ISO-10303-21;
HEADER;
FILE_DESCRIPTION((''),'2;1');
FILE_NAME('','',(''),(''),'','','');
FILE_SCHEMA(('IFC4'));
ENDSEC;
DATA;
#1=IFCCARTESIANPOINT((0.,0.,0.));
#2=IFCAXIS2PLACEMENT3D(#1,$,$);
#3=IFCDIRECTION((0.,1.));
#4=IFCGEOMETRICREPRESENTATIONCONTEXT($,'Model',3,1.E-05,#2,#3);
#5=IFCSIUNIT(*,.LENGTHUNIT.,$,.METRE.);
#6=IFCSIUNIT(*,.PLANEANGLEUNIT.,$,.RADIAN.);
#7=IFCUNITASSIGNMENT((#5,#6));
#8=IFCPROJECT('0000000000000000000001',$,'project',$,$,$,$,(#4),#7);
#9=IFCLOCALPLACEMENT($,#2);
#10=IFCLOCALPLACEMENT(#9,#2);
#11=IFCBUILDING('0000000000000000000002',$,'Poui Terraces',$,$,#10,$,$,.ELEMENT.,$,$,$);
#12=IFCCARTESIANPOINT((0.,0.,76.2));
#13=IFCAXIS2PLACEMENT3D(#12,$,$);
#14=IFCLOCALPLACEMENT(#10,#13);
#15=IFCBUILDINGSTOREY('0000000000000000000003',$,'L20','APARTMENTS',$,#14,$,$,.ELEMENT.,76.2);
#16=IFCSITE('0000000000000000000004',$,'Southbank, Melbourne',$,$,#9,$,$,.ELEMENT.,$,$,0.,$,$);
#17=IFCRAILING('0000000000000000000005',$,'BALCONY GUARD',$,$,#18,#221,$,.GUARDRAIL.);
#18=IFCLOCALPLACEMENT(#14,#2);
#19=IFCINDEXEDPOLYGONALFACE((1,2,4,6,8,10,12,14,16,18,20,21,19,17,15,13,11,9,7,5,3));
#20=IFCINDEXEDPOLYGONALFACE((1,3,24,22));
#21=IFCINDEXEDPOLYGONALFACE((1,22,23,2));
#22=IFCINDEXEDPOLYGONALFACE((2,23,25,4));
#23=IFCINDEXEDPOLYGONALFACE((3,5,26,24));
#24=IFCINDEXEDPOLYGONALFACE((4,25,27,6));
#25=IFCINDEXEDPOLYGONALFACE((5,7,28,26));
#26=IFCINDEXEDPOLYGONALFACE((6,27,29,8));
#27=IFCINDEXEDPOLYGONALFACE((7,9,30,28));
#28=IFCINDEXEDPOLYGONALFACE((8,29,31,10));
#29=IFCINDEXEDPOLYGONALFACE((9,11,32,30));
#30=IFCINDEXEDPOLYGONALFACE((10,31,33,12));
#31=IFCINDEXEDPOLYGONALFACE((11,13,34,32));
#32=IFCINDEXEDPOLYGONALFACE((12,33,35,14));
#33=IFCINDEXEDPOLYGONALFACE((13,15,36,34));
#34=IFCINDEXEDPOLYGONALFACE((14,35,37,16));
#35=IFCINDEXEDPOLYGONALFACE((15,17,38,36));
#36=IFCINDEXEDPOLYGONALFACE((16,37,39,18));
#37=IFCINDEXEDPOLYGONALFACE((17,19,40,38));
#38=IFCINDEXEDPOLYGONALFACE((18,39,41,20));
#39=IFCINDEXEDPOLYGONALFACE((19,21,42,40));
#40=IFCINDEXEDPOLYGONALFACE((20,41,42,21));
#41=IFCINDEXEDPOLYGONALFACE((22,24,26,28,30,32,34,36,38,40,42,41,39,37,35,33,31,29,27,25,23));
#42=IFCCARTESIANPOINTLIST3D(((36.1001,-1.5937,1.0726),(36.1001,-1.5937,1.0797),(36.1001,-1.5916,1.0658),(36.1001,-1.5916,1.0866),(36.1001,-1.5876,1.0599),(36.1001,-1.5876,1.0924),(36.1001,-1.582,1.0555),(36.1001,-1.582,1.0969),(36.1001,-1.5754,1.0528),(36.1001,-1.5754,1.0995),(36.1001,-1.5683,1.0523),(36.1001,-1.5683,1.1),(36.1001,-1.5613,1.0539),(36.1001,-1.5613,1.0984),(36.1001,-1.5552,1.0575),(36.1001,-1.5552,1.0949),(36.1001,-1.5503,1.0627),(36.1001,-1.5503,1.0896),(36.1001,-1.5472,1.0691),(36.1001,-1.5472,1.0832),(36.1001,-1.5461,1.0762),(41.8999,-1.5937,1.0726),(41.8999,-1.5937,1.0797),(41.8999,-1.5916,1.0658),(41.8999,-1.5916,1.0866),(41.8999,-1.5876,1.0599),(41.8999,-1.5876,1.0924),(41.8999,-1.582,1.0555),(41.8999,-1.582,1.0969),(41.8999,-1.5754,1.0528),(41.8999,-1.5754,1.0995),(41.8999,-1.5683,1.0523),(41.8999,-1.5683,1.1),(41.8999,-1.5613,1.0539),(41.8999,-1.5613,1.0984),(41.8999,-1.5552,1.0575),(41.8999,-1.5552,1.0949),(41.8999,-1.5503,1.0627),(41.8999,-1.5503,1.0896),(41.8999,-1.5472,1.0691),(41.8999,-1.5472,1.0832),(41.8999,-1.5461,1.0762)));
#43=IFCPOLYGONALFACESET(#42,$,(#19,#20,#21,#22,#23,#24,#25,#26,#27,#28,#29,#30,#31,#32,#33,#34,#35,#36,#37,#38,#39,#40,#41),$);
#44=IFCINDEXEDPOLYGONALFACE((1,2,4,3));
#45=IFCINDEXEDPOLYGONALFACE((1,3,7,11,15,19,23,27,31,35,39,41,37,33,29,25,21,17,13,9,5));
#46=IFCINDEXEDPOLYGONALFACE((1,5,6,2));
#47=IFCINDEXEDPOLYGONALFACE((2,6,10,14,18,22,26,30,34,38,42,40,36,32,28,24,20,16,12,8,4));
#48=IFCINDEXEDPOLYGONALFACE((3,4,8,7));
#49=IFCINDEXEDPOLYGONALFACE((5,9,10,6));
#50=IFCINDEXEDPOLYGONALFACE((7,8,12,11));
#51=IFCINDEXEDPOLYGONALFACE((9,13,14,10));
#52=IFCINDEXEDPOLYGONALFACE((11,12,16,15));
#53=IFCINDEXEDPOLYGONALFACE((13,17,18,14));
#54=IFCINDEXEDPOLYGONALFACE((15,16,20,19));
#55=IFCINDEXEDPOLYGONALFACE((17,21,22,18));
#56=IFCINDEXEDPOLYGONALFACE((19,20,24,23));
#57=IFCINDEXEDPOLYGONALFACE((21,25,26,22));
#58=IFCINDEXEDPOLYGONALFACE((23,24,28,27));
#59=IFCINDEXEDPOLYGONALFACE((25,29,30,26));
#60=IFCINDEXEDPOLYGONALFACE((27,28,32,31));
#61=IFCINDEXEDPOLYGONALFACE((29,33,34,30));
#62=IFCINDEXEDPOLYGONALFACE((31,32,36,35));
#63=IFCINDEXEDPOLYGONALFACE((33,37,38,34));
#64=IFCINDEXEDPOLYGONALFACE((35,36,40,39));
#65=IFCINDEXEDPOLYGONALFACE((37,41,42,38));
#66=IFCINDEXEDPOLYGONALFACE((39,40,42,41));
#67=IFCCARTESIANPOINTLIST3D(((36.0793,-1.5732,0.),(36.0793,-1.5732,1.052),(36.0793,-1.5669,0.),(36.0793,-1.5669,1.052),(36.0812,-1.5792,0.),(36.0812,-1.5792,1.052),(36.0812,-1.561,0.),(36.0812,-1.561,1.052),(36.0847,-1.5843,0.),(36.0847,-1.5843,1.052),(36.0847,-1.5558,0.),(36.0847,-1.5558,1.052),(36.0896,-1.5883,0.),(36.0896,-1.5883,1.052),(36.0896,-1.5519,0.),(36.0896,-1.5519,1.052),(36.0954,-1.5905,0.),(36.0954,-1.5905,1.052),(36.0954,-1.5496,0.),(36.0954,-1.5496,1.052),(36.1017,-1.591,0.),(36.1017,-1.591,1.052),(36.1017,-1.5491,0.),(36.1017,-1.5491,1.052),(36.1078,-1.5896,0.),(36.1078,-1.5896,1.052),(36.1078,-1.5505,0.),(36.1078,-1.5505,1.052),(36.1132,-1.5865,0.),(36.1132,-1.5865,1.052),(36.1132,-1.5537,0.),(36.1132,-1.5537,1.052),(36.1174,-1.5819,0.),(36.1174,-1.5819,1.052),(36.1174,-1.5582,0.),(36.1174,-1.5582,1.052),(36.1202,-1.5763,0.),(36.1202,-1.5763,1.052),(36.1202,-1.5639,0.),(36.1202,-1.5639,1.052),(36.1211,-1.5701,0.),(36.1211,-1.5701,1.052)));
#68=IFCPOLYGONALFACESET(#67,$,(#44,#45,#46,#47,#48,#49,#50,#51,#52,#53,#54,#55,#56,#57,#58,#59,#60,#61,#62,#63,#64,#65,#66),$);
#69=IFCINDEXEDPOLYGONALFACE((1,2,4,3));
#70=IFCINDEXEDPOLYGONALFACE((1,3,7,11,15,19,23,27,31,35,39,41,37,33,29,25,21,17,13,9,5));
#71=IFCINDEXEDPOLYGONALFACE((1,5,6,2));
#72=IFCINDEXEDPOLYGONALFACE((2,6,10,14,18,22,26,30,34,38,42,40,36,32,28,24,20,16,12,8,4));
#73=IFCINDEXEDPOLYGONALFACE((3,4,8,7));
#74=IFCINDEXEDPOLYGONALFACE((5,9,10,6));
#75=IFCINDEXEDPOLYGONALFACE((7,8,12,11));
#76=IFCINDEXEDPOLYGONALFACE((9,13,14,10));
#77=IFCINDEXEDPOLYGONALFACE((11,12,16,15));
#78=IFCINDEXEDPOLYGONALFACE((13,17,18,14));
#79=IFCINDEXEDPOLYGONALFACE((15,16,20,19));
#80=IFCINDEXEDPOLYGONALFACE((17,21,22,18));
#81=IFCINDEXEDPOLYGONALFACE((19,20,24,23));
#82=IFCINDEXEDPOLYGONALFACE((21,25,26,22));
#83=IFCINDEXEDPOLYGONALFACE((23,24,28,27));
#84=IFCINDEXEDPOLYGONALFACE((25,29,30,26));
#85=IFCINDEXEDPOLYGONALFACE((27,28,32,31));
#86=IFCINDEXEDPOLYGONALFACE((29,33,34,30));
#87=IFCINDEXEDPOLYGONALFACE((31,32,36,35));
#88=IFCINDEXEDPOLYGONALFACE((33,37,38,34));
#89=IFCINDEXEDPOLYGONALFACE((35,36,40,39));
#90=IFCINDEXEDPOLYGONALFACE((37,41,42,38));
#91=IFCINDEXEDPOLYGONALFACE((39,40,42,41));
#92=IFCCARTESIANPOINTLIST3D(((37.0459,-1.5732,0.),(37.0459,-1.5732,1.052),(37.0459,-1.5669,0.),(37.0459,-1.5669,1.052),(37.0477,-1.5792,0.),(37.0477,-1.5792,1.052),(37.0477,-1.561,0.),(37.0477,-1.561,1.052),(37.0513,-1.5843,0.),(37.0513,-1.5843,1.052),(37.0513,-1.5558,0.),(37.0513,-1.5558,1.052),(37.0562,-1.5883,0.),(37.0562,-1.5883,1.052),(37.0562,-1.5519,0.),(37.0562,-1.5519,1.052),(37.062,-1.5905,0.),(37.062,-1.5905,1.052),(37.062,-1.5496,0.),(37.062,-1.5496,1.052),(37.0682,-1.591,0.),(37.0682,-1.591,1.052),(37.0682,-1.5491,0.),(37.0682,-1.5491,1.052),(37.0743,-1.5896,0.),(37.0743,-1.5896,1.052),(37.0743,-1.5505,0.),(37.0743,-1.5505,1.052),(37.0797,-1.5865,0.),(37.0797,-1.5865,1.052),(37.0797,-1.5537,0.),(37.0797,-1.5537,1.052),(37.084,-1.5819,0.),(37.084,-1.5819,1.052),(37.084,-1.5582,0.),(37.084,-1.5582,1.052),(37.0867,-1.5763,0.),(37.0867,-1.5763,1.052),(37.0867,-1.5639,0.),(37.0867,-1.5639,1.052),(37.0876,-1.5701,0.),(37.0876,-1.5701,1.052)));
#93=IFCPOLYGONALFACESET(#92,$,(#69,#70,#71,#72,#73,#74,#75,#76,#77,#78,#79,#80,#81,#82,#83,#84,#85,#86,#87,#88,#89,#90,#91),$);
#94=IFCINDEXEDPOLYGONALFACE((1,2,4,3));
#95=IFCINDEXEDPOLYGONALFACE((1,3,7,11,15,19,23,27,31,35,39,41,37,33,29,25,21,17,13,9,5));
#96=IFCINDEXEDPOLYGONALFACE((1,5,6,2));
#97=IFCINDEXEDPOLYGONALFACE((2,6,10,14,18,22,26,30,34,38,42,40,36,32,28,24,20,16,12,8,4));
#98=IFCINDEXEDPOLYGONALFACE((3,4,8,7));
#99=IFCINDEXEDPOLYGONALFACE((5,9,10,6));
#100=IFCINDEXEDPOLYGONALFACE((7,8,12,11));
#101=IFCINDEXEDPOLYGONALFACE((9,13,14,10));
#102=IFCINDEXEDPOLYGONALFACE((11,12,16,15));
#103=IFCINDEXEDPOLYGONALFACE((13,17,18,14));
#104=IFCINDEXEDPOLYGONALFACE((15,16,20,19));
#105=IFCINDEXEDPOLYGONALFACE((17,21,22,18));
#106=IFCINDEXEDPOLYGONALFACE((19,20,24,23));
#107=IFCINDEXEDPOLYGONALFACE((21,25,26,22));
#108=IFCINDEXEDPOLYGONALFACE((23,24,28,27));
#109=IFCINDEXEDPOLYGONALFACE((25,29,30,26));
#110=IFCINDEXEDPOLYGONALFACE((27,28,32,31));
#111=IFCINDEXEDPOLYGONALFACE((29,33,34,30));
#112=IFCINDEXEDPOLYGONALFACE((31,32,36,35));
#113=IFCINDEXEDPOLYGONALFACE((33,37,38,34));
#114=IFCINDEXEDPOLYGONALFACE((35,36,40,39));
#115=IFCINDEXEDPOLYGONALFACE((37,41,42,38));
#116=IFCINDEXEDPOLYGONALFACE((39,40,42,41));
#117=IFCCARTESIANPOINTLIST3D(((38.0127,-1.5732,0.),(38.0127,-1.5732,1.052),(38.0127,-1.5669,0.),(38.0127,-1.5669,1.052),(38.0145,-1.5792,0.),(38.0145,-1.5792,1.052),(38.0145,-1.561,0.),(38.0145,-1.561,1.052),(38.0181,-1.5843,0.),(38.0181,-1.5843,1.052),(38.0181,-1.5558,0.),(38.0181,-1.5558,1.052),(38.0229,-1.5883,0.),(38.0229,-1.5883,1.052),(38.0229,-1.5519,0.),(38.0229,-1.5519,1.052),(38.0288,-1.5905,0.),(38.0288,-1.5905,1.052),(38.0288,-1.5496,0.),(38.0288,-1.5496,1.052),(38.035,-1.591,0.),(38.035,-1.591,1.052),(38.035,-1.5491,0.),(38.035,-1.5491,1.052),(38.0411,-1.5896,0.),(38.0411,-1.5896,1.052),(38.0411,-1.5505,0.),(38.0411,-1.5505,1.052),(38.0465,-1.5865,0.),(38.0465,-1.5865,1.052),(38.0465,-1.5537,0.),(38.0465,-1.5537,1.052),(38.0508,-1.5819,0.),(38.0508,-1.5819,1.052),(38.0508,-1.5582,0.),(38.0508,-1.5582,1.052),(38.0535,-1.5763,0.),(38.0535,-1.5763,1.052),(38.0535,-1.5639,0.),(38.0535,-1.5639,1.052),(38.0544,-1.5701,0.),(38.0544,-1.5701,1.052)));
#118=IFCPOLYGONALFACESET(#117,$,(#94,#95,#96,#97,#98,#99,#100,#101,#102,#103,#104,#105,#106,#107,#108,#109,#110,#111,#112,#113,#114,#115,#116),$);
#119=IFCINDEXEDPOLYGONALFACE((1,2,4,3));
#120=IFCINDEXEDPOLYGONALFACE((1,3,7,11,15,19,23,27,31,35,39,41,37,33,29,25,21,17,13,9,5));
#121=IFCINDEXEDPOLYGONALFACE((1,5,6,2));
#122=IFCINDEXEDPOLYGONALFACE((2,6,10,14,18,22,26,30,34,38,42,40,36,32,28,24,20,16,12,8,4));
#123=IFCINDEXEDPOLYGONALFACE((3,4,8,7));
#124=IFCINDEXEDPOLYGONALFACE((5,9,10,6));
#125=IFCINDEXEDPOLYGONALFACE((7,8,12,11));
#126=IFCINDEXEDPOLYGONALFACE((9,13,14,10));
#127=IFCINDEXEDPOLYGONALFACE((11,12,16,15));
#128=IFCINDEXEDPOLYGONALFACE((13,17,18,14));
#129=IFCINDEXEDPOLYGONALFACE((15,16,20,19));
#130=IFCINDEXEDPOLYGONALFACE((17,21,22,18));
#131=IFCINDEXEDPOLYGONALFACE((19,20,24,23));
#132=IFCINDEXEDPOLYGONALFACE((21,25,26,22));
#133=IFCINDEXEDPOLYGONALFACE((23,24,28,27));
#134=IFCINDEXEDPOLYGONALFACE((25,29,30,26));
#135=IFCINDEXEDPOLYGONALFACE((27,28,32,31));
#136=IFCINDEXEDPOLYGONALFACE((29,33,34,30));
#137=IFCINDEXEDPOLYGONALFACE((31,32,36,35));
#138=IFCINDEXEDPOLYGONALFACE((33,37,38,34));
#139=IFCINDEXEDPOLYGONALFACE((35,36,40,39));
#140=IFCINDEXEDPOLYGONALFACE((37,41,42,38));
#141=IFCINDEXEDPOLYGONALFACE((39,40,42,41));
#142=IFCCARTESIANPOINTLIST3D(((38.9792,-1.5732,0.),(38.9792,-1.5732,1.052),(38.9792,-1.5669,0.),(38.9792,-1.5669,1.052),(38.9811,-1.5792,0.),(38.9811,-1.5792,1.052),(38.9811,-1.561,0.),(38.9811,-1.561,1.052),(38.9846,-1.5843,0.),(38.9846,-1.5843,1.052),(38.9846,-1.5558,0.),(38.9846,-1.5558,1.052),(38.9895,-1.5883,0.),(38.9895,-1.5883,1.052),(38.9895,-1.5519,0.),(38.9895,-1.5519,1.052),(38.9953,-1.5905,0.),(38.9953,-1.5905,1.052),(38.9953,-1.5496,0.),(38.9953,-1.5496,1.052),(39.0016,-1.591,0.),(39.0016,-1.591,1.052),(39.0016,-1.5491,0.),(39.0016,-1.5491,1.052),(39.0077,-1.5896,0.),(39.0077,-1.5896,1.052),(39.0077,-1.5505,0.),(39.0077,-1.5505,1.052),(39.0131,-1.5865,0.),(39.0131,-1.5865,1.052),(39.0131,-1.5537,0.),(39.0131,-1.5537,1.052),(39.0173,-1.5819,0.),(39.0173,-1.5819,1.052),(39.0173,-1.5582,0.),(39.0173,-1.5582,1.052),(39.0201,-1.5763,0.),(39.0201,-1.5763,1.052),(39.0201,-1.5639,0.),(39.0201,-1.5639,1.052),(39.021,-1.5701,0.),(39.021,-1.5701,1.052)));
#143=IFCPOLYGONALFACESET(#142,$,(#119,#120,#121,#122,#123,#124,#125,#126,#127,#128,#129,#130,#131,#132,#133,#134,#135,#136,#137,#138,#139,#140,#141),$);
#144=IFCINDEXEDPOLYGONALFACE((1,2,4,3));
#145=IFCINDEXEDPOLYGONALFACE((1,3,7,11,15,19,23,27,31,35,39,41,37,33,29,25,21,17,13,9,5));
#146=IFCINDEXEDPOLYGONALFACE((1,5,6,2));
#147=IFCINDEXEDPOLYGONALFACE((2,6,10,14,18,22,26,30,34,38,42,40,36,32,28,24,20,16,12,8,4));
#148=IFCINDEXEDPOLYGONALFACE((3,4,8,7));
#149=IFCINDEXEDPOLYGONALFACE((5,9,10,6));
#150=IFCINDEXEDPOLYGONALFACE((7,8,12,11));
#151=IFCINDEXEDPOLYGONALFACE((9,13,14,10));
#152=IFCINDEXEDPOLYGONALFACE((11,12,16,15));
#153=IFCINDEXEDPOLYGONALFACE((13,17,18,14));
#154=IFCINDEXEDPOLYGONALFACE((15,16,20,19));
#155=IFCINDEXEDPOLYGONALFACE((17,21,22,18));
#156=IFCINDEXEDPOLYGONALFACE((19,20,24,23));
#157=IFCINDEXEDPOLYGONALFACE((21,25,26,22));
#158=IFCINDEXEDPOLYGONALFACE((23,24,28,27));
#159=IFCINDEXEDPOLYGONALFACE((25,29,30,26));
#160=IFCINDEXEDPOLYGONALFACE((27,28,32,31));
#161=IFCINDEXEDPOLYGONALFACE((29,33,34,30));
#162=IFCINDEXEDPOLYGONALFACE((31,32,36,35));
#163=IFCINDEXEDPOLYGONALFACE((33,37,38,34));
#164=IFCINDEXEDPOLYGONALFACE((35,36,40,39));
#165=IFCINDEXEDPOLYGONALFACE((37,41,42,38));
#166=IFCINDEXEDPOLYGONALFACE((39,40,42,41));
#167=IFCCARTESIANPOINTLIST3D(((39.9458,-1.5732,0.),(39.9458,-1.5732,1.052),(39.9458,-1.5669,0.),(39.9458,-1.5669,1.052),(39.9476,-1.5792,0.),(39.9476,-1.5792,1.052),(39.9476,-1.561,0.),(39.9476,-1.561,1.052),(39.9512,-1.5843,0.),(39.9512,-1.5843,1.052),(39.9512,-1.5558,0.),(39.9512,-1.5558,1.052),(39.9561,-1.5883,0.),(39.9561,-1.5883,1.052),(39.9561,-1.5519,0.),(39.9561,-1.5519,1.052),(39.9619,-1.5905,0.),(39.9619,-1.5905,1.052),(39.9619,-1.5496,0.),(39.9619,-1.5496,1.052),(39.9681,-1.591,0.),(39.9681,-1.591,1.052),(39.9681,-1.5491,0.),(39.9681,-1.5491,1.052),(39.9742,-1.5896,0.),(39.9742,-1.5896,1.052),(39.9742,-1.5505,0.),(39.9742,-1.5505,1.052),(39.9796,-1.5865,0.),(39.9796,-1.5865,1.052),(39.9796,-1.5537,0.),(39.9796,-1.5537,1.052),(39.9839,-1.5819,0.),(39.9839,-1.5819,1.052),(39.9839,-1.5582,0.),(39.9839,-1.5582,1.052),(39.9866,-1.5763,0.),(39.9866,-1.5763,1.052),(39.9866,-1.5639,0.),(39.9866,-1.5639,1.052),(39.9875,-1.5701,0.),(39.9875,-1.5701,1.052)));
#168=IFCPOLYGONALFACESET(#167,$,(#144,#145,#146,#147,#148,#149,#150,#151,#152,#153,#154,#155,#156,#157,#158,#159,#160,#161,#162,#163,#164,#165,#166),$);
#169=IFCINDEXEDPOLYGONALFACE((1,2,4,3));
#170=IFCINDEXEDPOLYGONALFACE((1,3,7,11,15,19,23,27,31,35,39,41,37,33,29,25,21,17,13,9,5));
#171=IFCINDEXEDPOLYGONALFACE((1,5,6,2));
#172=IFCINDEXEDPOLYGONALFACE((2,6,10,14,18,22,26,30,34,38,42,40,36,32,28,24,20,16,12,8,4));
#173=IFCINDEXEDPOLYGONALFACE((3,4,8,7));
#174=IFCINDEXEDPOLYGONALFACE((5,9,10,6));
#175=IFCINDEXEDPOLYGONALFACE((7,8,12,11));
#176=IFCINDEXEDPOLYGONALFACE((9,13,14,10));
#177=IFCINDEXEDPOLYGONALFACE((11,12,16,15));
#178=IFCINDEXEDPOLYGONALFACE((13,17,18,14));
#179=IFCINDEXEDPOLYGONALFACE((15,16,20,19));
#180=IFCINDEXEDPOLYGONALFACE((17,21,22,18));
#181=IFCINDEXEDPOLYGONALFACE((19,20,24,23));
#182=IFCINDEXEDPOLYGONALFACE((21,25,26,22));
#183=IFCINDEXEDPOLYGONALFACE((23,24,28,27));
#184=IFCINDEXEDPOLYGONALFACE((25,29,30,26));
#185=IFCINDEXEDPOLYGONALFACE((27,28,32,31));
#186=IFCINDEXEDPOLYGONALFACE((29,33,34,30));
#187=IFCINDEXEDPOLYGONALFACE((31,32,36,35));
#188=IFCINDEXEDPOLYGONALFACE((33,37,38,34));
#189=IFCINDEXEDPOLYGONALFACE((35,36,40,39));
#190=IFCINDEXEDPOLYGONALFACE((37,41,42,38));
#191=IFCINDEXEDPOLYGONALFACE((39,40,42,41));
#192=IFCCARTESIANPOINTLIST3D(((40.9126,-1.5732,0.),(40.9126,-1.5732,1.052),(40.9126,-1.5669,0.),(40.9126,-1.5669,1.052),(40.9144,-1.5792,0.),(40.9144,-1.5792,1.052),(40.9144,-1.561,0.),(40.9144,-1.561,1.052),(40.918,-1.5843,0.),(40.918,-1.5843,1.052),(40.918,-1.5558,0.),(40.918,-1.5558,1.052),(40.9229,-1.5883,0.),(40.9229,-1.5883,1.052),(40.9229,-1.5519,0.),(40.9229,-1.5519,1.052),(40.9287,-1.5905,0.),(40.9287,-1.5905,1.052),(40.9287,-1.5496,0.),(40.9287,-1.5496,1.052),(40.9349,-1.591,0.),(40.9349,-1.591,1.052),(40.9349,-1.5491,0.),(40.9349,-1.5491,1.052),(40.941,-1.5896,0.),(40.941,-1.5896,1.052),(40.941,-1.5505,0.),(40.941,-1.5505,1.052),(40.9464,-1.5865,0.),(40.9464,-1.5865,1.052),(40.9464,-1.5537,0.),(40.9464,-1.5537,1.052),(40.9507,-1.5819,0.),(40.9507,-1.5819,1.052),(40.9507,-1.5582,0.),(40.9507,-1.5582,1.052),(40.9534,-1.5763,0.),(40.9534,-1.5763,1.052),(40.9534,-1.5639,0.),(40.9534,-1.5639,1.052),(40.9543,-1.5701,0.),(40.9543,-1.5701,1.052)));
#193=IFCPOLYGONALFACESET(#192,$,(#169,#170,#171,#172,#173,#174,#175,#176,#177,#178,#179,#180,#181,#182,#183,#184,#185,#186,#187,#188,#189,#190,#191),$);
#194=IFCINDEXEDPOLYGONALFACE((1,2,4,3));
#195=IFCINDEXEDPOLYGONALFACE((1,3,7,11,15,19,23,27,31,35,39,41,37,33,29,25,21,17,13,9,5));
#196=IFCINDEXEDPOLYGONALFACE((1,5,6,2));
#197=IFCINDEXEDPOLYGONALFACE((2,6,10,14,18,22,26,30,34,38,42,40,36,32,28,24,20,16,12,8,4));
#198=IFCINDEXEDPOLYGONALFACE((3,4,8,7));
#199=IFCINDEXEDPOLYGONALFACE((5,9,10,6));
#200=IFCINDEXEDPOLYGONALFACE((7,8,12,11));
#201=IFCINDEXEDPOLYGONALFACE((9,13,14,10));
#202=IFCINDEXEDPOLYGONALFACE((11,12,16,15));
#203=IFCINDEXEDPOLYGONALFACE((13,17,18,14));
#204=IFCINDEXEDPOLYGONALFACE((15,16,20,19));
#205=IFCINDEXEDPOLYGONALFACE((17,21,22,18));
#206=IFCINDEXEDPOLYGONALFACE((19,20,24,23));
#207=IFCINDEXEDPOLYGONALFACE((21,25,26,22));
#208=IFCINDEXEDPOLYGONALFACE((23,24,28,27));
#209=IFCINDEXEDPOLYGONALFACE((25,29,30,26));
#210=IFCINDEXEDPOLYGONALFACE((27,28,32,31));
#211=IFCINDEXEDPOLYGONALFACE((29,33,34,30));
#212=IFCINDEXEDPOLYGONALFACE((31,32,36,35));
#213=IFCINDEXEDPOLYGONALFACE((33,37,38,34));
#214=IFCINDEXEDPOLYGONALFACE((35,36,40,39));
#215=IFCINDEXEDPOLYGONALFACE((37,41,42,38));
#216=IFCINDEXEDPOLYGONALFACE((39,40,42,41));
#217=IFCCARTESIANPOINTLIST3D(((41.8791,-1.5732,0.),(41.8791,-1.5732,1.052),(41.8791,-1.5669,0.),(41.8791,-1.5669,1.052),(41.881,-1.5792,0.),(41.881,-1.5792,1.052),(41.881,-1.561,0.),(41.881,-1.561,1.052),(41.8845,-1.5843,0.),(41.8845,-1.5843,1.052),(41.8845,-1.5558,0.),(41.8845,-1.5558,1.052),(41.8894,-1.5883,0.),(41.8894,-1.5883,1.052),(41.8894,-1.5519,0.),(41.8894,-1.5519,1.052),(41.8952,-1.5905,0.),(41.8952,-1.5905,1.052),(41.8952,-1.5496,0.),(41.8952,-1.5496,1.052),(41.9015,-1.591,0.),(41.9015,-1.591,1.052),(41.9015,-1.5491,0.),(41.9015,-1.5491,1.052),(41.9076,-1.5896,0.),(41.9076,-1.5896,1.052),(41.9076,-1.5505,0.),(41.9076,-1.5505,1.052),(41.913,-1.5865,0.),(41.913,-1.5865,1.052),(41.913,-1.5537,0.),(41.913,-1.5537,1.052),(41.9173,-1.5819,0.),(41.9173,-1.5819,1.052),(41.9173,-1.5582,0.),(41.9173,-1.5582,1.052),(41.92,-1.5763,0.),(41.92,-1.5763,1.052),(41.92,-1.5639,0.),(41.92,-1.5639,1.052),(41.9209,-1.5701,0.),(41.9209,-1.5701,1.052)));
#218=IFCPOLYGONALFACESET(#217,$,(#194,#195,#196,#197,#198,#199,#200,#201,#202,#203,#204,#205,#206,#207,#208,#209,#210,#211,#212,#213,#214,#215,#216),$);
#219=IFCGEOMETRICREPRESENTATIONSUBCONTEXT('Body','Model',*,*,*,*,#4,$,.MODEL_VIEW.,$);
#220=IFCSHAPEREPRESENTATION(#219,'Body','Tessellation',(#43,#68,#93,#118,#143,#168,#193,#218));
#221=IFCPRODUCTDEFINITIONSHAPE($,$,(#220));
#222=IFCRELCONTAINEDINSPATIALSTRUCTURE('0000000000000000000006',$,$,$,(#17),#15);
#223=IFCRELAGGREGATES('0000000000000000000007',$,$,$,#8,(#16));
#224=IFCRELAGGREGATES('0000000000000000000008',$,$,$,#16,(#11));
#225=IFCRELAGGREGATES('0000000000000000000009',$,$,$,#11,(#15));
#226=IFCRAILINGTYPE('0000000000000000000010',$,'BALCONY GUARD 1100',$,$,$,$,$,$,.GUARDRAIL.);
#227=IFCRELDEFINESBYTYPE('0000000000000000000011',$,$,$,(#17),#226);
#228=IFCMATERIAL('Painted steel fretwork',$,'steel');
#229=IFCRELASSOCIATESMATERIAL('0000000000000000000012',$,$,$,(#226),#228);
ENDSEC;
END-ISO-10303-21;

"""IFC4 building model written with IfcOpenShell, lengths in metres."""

from ifc_helpers import new_model, si_unit, direction, frame, origin, origin_2d, place, context, subcontext, project, spatial, circle, extrude, material, type_object, element, save


model = new_model("IFC4")

# Units and contexts
model_context = context("Model", 3, precision=1e-05, world=origin(), true_north=direction((0.0, 1.0)))
body_context = subcontext(model_context, "Body", "Model", "MODEL_VIEW")
ifc_project = project(units=[si_unit("LENGTHUNIT", "METRE"), si_unit("PLANEANGLEUNIT", "RADIAN")], contexts=[model_context])

# Site, building, storey
site_placement = place(None, origin())
site = spatial("IfcSite", under=ifc_project, at=site_placement, Name="Southbank, Melbourne", CompositionType="ELEMENT", RefElevation=0.0)
building_placement = place(site_placement, origin())
building = spatial("IfcBuilding", under=site, at=building_placement, Name="Poui Terraces", CompositionType="ELEMENT")
storey_placement = place(building_placement, frame((0.0, 0.0, 76.2)))
storey = spatial("IfcBuildingStorey", under=building, at=storey_placement, Name="L20", Description="APARTMENTS", CompositionType="ELEMENT", Elevation=76.2)

# Railing
ifc_material_1 = material(Name="Painted steel fretwork", Category="steel")
railing_type = type_object("IfcRailingType", Name="BALCONY GUARD 1100", PredefinedType="GUARDRAIL", material=ifc_material_1)
railing_placement = place(storey_placement, frame((36.1001, -1.5701, 0.0)))
element("IfcRailing", 1, at=railing_placement, inside=storey, type_object=railing_type, Name="BALCONY GUARD", PredefinedType="GUARDRAIL", context=body_context, shape_type="SweptSolid", body=[
    extrude(circle(Radius=0.0239, at=origin_2d()), frame((0.0, 0.0, 1.0762), z_axis=(1.0, 0.0, 0.0), x_axis=(0.0, 1.0, 0.0)), (0.0, 0.0, 1.0), 5.7998),
    extrude(circle(Radius=0.021, at=origin_2d()), origin(), (0.0, 0.0, 1.0), 1.052),
    extrude(circle(Radius=0.021, at=origin_2d()), frame((0.9666, 0.0, 0.0)), (0.0, 0.0, 1.0), 1.052),
    extrude(circle(Radius=0.021, at=origin_2d()), frame((1.9333, 0.0, 0.0)), (0.0, 0.0, 1.0), 1.052),
    extrude(circle(Radius=0.021, at=origin_2d()), frame((2.8999, 0.0, 0.0)), (0.0, 0.0, 1.0), 1.052),
    extrude(circle(Radius=0.021, at=origin_2d()), frame((3.8665, 0.0, 0.0)), (0.0, 0.0, 1.0), 1.052),
    extrude(circle(Radius=0.021, at=origin_2d()), frame((4.8333, 0.0, 0.0)), (0.0, 0.0, 1.0), 1.052),
    extrude(circle(Radius=0.021, at=origin_2d()), frame((5.7998, 0.0, 0.0)), (0.0, 0.0, 1.0), 1.052),
])

save(model, "model.ifc")
